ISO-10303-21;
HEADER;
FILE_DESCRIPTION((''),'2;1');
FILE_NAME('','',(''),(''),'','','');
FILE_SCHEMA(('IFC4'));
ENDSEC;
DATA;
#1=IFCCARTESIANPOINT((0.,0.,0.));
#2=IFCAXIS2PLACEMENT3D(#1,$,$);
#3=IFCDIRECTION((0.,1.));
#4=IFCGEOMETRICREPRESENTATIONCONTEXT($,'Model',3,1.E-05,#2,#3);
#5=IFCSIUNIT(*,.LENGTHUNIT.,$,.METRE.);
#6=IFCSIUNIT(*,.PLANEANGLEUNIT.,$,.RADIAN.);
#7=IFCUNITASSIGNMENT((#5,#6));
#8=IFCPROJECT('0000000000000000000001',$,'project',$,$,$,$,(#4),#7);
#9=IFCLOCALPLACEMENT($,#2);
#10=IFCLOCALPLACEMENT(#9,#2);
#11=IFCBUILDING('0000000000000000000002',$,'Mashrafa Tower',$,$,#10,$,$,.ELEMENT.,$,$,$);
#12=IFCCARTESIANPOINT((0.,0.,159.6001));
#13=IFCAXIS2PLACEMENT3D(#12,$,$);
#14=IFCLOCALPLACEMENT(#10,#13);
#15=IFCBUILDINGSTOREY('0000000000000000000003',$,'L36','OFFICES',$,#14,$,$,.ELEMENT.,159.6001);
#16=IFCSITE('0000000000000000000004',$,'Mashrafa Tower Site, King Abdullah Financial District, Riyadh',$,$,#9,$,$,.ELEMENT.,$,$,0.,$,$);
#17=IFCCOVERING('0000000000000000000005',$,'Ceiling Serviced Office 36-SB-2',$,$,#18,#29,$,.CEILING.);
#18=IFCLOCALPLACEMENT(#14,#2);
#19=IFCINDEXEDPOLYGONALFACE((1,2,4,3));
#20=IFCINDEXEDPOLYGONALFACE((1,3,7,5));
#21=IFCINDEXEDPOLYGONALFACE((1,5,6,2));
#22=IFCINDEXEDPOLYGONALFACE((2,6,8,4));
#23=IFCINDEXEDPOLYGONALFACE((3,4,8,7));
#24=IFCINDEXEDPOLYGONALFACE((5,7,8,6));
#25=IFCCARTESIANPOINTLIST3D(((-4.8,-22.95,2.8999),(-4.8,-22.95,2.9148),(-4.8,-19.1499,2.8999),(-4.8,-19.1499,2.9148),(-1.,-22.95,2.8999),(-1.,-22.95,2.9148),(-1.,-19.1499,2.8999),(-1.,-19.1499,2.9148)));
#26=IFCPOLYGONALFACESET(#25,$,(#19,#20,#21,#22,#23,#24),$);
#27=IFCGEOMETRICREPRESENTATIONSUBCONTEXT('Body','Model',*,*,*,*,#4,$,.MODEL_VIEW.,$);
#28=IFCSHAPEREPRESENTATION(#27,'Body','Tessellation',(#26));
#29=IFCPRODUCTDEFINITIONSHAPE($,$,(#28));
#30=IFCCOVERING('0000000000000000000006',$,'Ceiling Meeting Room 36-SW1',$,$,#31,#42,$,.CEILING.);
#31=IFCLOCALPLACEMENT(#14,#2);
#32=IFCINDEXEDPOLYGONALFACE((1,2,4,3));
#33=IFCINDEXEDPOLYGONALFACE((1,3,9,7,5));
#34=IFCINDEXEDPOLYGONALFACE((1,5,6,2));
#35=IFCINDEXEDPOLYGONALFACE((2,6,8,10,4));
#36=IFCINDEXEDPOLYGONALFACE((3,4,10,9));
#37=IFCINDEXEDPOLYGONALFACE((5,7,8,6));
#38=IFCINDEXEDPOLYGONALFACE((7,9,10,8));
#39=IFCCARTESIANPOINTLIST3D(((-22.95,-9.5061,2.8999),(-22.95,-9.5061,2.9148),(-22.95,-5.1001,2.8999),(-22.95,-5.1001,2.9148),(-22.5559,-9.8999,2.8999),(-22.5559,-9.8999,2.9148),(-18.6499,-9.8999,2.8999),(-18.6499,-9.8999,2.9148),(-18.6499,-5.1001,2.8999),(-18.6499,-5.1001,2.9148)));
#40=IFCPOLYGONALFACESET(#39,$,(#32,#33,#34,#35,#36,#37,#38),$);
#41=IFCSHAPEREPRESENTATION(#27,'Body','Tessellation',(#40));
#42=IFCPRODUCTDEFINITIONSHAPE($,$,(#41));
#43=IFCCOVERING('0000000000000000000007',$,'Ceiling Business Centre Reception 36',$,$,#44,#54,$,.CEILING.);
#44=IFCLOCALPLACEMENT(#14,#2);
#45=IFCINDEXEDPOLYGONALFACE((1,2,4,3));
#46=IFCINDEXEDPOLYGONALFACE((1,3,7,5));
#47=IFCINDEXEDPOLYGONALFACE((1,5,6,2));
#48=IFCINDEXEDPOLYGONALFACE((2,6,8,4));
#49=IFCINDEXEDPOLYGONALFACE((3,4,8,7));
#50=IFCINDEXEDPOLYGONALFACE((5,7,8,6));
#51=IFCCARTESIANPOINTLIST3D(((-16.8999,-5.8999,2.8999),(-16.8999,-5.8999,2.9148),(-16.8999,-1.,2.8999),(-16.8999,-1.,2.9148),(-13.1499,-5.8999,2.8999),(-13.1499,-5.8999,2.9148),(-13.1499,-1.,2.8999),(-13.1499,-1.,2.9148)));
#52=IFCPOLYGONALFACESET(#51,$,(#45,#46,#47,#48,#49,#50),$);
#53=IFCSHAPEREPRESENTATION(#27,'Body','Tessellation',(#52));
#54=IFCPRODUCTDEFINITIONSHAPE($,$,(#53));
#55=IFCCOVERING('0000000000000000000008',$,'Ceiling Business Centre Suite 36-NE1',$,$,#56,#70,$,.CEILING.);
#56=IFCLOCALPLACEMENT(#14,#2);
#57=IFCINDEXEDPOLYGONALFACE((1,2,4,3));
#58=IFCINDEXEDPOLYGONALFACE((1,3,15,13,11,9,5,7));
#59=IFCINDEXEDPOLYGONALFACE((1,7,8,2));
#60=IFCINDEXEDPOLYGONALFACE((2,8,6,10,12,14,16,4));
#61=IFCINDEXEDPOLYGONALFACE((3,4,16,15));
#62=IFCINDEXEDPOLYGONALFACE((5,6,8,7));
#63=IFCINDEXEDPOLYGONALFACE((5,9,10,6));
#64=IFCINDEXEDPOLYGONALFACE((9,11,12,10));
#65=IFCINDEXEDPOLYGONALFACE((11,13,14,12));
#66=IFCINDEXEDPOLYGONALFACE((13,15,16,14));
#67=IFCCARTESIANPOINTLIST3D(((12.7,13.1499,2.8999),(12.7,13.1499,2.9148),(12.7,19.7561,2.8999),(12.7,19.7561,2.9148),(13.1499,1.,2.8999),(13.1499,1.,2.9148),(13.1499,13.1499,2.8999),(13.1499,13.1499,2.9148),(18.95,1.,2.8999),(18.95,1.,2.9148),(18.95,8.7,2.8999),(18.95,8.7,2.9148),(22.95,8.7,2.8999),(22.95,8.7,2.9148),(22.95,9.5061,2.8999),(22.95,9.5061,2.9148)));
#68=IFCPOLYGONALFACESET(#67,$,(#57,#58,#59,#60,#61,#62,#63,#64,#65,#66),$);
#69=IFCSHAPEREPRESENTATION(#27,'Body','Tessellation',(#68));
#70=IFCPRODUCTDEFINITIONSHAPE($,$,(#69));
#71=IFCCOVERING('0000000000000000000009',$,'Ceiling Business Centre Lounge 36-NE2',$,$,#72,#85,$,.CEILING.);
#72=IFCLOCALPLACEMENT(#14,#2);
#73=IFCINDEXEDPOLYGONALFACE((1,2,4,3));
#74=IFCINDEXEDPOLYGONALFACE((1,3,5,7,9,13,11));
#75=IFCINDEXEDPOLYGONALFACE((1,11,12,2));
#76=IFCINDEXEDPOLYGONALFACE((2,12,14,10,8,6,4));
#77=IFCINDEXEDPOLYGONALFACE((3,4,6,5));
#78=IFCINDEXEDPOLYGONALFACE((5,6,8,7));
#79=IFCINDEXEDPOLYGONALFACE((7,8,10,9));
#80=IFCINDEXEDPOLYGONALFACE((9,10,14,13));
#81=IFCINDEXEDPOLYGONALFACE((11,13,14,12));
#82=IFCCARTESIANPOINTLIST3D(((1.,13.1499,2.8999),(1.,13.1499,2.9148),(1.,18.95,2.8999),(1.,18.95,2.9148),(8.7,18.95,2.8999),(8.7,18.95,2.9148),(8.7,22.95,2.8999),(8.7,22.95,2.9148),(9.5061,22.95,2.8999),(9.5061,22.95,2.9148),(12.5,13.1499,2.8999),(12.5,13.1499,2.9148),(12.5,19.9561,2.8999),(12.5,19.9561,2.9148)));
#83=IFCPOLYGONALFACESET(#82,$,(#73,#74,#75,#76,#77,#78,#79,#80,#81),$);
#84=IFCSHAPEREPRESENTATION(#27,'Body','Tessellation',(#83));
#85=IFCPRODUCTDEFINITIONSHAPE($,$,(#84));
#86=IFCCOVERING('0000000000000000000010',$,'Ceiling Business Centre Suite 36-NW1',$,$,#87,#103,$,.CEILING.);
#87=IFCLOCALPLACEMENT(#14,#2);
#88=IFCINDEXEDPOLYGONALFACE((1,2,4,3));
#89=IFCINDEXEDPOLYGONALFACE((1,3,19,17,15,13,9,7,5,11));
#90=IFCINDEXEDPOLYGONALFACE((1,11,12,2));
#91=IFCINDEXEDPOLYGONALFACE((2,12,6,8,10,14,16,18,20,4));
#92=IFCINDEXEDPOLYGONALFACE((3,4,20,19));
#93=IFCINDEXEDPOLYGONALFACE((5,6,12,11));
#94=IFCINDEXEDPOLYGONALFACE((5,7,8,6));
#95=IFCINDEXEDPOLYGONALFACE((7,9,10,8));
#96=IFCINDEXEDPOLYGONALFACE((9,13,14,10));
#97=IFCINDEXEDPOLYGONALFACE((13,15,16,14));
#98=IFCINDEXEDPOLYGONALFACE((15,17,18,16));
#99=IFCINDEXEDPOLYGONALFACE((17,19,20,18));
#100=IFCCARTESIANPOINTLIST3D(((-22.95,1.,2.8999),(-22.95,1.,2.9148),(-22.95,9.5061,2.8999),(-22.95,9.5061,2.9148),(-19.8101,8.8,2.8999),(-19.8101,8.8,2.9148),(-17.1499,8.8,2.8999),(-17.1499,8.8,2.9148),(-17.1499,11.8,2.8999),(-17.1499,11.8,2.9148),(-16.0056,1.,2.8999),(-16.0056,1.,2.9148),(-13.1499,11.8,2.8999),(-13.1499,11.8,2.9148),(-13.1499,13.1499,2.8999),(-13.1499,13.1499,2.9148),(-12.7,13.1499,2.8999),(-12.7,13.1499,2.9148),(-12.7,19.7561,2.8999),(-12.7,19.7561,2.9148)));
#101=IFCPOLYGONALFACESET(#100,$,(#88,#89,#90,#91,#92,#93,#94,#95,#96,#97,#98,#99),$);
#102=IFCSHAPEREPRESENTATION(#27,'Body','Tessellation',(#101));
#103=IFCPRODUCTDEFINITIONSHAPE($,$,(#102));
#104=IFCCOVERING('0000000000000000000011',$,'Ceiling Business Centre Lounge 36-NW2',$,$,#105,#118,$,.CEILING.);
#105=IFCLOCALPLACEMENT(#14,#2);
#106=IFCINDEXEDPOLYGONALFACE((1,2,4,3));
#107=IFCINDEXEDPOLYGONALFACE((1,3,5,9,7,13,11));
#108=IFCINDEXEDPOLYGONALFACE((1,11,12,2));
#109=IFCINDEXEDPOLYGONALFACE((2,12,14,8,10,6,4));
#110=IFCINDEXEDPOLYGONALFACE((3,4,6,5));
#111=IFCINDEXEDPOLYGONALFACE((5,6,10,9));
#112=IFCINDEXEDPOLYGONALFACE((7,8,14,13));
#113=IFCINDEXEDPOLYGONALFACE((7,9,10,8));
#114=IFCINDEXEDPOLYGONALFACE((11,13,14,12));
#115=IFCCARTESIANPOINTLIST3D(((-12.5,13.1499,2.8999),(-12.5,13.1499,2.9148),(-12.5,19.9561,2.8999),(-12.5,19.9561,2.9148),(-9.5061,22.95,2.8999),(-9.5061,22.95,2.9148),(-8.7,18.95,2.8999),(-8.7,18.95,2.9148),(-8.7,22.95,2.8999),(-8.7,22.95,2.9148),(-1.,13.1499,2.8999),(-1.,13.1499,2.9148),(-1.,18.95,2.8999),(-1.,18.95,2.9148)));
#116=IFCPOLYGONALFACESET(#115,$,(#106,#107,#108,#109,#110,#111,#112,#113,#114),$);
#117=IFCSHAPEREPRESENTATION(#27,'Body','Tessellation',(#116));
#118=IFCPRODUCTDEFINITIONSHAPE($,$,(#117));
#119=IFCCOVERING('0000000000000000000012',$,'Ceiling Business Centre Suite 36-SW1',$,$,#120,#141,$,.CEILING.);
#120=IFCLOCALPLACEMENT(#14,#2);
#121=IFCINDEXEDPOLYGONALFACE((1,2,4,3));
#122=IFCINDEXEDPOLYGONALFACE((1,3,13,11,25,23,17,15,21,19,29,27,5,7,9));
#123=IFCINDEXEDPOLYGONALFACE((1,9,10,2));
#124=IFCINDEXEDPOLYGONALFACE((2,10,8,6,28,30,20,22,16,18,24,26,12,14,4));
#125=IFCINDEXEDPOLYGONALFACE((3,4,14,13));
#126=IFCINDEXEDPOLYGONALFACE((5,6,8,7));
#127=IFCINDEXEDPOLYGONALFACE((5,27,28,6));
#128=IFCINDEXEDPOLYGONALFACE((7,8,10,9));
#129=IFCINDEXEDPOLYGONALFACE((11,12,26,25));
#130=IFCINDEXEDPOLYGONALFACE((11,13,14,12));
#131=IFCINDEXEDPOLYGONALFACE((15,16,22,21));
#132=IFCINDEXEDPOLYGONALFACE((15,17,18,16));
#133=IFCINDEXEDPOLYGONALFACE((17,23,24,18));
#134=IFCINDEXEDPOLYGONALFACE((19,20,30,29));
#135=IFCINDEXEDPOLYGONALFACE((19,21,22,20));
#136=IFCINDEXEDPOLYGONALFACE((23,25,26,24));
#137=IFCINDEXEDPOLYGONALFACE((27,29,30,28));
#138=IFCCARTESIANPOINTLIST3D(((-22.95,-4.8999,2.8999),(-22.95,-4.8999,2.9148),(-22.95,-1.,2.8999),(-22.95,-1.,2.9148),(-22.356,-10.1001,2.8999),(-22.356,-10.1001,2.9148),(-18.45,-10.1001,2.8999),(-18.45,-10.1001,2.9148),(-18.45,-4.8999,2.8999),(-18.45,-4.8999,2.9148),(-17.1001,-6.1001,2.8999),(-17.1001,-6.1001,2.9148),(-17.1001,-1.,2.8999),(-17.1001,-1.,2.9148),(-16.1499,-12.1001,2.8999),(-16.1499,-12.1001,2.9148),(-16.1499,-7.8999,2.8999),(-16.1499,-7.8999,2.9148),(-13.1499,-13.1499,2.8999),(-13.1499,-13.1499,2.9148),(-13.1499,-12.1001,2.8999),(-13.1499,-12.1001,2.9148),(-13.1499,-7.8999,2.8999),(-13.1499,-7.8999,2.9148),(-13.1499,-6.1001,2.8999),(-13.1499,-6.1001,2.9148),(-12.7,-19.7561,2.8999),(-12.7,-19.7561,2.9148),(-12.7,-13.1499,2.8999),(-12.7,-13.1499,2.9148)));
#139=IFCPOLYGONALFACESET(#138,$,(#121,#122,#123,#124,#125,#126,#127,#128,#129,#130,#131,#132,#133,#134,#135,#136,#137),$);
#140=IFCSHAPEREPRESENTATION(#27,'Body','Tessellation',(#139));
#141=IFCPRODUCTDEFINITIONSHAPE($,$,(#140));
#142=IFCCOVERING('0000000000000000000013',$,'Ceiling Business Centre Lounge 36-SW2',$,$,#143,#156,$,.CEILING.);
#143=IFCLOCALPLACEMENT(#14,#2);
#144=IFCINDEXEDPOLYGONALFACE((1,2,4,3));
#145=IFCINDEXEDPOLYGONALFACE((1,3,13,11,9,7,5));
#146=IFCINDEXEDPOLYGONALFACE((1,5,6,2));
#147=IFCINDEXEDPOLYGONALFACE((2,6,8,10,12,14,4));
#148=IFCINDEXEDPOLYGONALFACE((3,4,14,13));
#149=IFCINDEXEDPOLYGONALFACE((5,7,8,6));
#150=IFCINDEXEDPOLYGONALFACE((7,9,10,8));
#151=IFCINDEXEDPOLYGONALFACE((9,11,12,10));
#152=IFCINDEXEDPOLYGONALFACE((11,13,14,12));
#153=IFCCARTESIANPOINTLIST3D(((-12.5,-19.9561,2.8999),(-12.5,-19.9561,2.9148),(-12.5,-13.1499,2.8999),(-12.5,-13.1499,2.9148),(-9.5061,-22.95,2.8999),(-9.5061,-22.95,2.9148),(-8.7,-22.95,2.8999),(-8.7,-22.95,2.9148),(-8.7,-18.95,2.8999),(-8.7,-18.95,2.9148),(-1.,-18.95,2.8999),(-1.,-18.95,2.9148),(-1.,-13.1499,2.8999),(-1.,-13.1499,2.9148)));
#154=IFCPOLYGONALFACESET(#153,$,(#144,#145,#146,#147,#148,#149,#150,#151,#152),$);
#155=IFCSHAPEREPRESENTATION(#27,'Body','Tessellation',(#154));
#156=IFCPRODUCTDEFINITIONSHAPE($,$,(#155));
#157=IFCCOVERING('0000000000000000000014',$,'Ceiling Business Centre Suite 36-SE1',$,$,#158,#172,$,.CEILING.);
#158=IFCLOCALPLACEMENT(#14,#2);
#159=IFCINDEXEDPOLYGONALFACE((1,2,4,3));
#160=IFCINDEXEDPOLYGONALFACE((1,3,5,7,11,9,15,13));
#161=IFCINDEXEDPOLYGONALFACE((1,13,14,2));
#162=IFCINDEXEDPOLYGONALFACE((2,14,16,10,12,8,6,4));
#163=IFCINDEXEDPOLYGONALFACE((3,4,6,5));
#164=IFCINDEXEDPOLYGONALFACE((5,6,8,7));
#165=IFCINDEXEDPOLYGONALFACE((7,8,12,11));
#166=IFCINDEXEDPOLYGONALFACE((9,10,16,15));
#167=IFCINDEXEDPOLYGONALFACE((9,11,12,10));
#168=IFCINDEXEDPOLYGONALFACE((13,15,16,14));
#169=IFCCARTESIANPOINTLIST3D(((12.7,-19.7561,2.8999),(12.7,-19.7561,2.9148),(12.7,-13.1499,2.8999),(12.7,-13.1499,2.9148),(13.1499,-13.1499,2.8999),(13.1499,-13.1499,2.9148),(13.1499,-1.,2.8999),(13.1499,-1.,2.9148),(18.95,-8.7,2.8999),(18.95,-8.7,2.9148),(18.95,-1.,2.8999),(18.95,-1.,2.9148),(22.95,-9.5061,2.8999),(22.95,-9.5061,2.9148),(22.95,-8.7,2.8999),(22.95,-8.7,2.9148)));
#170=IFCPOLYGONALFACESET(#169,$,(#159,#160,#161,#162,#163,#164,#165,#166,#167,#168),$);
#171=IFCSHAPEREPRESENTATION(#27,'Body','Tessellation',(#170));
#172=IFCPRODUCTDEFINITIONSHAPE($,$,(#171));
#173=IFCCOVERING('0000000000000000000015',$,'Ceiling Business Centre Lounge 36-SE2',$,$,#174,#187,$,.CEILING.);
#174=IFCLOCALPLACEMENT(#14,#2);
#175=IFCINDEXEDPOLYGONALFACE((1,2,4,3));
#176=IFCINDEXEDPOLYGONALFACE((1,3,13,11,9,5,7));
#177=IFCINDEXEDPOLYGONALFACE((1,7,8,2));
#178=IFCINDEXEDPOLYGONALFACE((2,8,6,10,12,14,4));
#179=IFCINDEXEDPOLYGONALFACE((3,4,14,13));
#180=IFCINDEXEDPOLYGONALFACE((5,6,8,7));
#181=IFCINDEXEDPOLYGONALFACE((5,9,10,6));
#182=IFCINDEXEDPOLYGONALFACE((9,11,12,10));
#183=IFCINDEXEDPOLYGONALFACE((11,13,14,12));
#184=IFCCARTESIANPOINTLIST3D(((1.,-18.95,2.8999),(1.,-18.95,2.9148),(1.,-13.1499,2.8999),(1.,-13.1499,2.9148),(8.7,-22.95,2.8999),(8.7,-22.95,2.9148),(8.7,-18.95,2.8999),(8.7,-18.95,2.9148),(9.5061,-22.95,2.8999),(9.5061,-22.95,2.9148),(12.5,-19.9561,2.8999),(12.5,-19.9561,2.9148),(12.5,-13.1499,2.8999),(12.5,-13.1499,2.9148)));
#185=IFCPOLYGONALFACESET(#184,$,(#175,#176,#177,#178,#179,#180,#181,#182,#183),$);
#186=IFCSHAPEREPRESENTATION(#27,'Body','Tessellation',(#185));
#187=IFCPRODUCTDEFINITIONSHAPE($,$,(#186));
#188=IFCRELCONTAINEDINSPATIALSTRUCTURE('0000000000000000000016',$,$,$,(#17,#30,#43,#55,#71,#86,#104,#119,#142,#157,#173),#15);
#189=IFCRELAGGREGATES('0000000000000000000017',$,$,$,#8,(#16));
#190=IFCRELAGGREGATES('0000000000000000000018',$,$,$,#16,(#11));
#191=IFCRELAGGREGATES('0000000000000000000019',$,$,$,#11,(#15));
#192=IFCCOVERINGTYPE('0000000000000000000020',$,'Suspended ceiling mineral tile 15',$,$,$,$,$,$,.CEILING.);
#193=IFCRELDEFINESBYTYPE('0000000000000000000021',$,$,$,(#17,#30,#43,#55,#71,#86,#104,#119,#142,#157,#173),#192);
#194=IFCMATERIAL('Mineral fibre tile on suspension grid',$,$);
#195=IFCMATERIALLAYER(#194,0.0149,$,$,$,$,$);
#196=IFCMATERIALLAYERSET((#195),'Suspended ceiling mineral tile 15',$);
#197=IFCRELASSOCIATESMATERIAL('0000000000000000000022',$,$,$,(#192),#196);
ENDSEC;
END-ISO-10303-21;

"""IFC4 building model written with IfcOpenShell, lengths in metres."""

from ifc_helpers import new_model, si_unit, direction, frame, origin, place, context, subcontext, project, spatial, polyline, outline, extrude, material, layer, layer_set, type_object, element, save


model = new_model("IFC4")

# Units and contexts
model_context = context("Model", 3, precision=1e-05, world=origin(), true_north=direction((0.0, 1.0)))
body_context = subcontext(model_context, "Body", "Model", "MODEL_VIEW")
ifc_project = project(units=[si_unit("LENGTHUNIT", "METRE"), si_unit("PLANEANGLEUNIT", "RADIAN")], contexts=[model_context])

# Site, building, storey
site_placement = place(None, origin())
site = spatial("IfcSite", under=ifc_project, at=site_placement, Name="Mashrafa Tower Site, King Abdullah Financial District, Riyadh", CompositionType="ELEMENT", RefElevation=0.0)
building_placement = place(site_placement, origin())
building = spatial("IfcBuilding", under=site, at=building_placement, Name="Mashrafa Tower", CompositionType="ELEMENT")
storey_placement = place(building_placement, frame((0.0, 0.0, 159.6001)))
storey = spatial("IfcBuildingStorey", under=building, at=storey_placement, Name="L36", Description="OFFICES", CompositionType="ELEMENT", Elevation=159.6001)

# Coverings
ifc_material_1 = material(Name="Mineral fibre tile on suspension grid")
ifc_layer_1 = layer(ifc_material_1, 0.0149)
ifc_layer_set_1 = layer_set([ifc_layer_1], Name="Suspended ceiling mineral tile 15")
covering_type = type_object("IfcCoveringType", Name="Suspended ceiling mineral tile 15", PredefinedType="CEILING", material=ifc_layer_set_1)
covering_1_placement = place(storey_placement, frame((0.0, 0.0, 2.8999)))
element("IfcCovering", 1, at=covering_1_placement, inside=storey, type_object=covering_type, Name="Ceiling Serviced Office 36-SB-2", PredefinedType="CEILING", context=body_context, shape_type="SweptSolid", body=[
    extrude(outline(polyline([(-4.8, -19.1499), (-1.0, -19.1499), (-1.0, -22.95), (-4.8, -22.95), (-4.8, -19.1499)])), origin(), (0.0, 0.0, 1.0), 0.0149),
])
covering_2_placement = place(storey_placement, frame((0.0, 0.0, 2.8999)))
element("IfcCovering", 2, at=covering_2_placement, inside=storey, type_object=covering_type, Name="Ceiling Meeting Room 36-SW1", PredefinedType="CEILING", context=body_context, shape_type="SweptSolid", body=[
    extrude(outline(polyline([(-18.6499, -5.1001), (-18.6499, -9.8999), (-22.5559, -9.8999), (-22.95, -9.5061), (-22.95, -5.1001), (-18.6499, -5.1001)])), origin(), (0.0, 0.0, 1.0), 0.0149),
])
covering_3_placement = place(storey_placement, frame((0.0, 0.0, 2.8999)))
element("IfcCovering", 3, at=covering_3_placement, inside=storey, type_object=covering_type, Name="Ceiling Business Centre Reception 36", PredefinedType="CEILING", context=body_context, shape_type="SweptSolid", body=[
    extrude(outline(polyline([(-16.8999, -1.0), (-13.1499, -1.0), (-13.1499, -5.8999), (-16.8999, -5.8999), (-16.8999, -1.0)])), origin(), (0.0, 0.0, 1.0), 0.0149),
])
covering_4_placement = place(storey_placement, frame((0.0, 0.0, 2.8999)))
element("IfcCovering", 4, at=covering_4_placement, inside=storey, type_object=covering_type, Name="Ceiling Business Centre Suite 36-NE1", PredefinedType="CEILING", context=body_context, shape_type="SweptSolid", body=[
    extrude(outline(polyline([(12.7, 13.1499), (12.7, 19.7561), (22.95, 9.5061), (22.95, 8.7), (18.95, 8.7), (18.95, 1.0), (13.1499, 1.0), (13.1499, 13.1499), (12.7, 13.1499)])), origin(), (0.0, 0.0, 1.0), 0.0149),
])
covering_5_placement = place(storey_placement, frame((0.0, 0.0, 2.8999)))
element("IfcCovering", 5, at=covering_5_placement, inside=storey, type_object=covering_type, Name="Ceiling Business Centre Lounge 36-NE2", PredefinedType="CEILING", context=body_context, shape_type="SweptSolid", body=[
    extrude(outline(polyline([(8.7, 22.95), (9.5061, 22.95), (12.5, 19.9561), (12.5, 13.1499), (1.0, 13.1499), (1.0, 18.95), (8.7, 18.95), (8.7, 22.95)])), origin(), (0.0, 0.0, 1.0), 0.0149),
])
covering_6_placement = place(storey_placement, frame((0.0, 0.0, 2.8999)))
element("IfcCovering", 6, at=covering_6_placement, inside=storey, type_object=covering_type, Name="Ceiling Business Centre Suite 36-NW1", PredefinedType="CEILING", context=body_context, shape_type="SweptSolid", body=[
    extrude(outline(polyline([(-22.95, 1.0), (-22.95, 9.5061), (-12.7, 19.7561), (-12.7, 13.1499), (-13.1499, 13.1499), (-13.1499, 11.8), (-17.1499, 11.8), (-17.1499, 8.8), (-19.8101, 8.8), (-16.0056, 1.0), (-22.95, 1.0)])), origin(), (0.0, 0.0, 1.0), 0.0149),
])
covering_7_placement = place(storey_placement, frame((0.0, 0.0, 2.8999)))
element("IfcCovering", 7, at=covering_7_placement, inside=storey, type_object=covering_type, Name="Ceiling Business Centre Lounge 36-NW2", PredefinedType="CEILING", context=body_context, shape_type="SweptSolid", body=[
    extrude(outline(polyline([(-12.5, 13.1499), (-12.5, 19.9561), (-9.5061, 22.95), (-8.7, 22.95), (-8.7, 18.95), (-1.0, 18.95), (-1.0, 13.1499), (-12.5, 13.1499)])), origin(), (0.0, 0.0, 1.0), 0.0149),
])
covering_8_placement = place(storey_placement, frame((0.0, 0.0, 2.8999)))
element("IfcCovering", 8, at=covering_8_placement, inside=storey, type_object=covering_type, Name="Ceiling Business Centre Suite 36-SW1", PredefinedType="CEILING", context=body_context, shape_type="SweptSolid", body=[
    extrude(outline(polyline([(-12.7, -19.7561), (-22.356, -10.1001), (-18.45, -10.1001), (-18.45, -4.8999), (-22.95, -4.8999), (-22.95, -1.0), (-17.1001, -1.0), (-17.1001, -6.1001), (-13.1499, -6.1001), (-13.1499, -7.8999), (-16.1499, -7.8999), (-16.1499, -12.1001), (-13.1499, -12.1001), (-13.1499, -13.1499), (-12.7, -13.1499), (-12.7, -19.7561)])), origin(), (0.0, 0.0, 1.0), 0.0149),
])
covering_9_placement = place(storey_placement, frame((0.0, 0.0, 2.8999)))
element("IfcCovering", 9, at=covering_9_placement, inside=storey, type_object=covering_type, Name="Ceiling Business Centre Lounge 36-SW2", PredefinedType="CEILING", context=body_context, shape_type="SweptSolid", body=[
    extrude(outline(polyline([(-8.7, -22.95), (-9.5061, -22.95), (-12.5, -19.9561), (-12.5, -13.1499), (-1.0, -13.1499), (-1.0, -18.95), (-8.7, -18.95), (-8.7, -22.95)])), origin(), (0.0, 0.0, 1.0), 0.0149),
])
covering_10_placement = place(storey_placement, frame((0.0, 0.0, 2.8999)))
element("IfcCovering", 10, at=covering_10_placement, inside=storey, type_object=covering_type, Name="Ceiling Business Centre Suite 36-SE1", PredefinedType="CEILING", context=body_context, shape_type="SweptSolid", body=[
    extrude(outline(polyline([(22.95, -8.7), (22.95, -9.5061), (12.7, -19.7561), (12.7, -13.1499), (13.1499, -13.1499), (13.1499, -1.0), (18.95, -1.0), (18.95, -8.7), (22.95, -8.7)])), origin(), (0.0, 0.0, 1.0), 0.0149),
])
covering_11_placement = place(storey_placement, frame((0.0, 0.0, 2.8999)))
element("IfcCovering", 11, at=covering_11_placement, inside=storey, type_object=covering_type, Name="Ceiling Business Centre Lounge 36-SE2", PredefinedType="CEILING", context=body_context, shape_type="SweptSolid", body=[
    extrude(outline(polyline([(12.5, -13.1499), (12.5, -19.9561), (9.5061, -22.95), (8.7, -22.95), (8.7, -18.95), (1.0, -18.95), (1.0, -13.1499), (12.5, -13.1499)])), origin(), (0.0, 0.0, 1.0), 0.0149),
])

save(model, "model.ifc")
